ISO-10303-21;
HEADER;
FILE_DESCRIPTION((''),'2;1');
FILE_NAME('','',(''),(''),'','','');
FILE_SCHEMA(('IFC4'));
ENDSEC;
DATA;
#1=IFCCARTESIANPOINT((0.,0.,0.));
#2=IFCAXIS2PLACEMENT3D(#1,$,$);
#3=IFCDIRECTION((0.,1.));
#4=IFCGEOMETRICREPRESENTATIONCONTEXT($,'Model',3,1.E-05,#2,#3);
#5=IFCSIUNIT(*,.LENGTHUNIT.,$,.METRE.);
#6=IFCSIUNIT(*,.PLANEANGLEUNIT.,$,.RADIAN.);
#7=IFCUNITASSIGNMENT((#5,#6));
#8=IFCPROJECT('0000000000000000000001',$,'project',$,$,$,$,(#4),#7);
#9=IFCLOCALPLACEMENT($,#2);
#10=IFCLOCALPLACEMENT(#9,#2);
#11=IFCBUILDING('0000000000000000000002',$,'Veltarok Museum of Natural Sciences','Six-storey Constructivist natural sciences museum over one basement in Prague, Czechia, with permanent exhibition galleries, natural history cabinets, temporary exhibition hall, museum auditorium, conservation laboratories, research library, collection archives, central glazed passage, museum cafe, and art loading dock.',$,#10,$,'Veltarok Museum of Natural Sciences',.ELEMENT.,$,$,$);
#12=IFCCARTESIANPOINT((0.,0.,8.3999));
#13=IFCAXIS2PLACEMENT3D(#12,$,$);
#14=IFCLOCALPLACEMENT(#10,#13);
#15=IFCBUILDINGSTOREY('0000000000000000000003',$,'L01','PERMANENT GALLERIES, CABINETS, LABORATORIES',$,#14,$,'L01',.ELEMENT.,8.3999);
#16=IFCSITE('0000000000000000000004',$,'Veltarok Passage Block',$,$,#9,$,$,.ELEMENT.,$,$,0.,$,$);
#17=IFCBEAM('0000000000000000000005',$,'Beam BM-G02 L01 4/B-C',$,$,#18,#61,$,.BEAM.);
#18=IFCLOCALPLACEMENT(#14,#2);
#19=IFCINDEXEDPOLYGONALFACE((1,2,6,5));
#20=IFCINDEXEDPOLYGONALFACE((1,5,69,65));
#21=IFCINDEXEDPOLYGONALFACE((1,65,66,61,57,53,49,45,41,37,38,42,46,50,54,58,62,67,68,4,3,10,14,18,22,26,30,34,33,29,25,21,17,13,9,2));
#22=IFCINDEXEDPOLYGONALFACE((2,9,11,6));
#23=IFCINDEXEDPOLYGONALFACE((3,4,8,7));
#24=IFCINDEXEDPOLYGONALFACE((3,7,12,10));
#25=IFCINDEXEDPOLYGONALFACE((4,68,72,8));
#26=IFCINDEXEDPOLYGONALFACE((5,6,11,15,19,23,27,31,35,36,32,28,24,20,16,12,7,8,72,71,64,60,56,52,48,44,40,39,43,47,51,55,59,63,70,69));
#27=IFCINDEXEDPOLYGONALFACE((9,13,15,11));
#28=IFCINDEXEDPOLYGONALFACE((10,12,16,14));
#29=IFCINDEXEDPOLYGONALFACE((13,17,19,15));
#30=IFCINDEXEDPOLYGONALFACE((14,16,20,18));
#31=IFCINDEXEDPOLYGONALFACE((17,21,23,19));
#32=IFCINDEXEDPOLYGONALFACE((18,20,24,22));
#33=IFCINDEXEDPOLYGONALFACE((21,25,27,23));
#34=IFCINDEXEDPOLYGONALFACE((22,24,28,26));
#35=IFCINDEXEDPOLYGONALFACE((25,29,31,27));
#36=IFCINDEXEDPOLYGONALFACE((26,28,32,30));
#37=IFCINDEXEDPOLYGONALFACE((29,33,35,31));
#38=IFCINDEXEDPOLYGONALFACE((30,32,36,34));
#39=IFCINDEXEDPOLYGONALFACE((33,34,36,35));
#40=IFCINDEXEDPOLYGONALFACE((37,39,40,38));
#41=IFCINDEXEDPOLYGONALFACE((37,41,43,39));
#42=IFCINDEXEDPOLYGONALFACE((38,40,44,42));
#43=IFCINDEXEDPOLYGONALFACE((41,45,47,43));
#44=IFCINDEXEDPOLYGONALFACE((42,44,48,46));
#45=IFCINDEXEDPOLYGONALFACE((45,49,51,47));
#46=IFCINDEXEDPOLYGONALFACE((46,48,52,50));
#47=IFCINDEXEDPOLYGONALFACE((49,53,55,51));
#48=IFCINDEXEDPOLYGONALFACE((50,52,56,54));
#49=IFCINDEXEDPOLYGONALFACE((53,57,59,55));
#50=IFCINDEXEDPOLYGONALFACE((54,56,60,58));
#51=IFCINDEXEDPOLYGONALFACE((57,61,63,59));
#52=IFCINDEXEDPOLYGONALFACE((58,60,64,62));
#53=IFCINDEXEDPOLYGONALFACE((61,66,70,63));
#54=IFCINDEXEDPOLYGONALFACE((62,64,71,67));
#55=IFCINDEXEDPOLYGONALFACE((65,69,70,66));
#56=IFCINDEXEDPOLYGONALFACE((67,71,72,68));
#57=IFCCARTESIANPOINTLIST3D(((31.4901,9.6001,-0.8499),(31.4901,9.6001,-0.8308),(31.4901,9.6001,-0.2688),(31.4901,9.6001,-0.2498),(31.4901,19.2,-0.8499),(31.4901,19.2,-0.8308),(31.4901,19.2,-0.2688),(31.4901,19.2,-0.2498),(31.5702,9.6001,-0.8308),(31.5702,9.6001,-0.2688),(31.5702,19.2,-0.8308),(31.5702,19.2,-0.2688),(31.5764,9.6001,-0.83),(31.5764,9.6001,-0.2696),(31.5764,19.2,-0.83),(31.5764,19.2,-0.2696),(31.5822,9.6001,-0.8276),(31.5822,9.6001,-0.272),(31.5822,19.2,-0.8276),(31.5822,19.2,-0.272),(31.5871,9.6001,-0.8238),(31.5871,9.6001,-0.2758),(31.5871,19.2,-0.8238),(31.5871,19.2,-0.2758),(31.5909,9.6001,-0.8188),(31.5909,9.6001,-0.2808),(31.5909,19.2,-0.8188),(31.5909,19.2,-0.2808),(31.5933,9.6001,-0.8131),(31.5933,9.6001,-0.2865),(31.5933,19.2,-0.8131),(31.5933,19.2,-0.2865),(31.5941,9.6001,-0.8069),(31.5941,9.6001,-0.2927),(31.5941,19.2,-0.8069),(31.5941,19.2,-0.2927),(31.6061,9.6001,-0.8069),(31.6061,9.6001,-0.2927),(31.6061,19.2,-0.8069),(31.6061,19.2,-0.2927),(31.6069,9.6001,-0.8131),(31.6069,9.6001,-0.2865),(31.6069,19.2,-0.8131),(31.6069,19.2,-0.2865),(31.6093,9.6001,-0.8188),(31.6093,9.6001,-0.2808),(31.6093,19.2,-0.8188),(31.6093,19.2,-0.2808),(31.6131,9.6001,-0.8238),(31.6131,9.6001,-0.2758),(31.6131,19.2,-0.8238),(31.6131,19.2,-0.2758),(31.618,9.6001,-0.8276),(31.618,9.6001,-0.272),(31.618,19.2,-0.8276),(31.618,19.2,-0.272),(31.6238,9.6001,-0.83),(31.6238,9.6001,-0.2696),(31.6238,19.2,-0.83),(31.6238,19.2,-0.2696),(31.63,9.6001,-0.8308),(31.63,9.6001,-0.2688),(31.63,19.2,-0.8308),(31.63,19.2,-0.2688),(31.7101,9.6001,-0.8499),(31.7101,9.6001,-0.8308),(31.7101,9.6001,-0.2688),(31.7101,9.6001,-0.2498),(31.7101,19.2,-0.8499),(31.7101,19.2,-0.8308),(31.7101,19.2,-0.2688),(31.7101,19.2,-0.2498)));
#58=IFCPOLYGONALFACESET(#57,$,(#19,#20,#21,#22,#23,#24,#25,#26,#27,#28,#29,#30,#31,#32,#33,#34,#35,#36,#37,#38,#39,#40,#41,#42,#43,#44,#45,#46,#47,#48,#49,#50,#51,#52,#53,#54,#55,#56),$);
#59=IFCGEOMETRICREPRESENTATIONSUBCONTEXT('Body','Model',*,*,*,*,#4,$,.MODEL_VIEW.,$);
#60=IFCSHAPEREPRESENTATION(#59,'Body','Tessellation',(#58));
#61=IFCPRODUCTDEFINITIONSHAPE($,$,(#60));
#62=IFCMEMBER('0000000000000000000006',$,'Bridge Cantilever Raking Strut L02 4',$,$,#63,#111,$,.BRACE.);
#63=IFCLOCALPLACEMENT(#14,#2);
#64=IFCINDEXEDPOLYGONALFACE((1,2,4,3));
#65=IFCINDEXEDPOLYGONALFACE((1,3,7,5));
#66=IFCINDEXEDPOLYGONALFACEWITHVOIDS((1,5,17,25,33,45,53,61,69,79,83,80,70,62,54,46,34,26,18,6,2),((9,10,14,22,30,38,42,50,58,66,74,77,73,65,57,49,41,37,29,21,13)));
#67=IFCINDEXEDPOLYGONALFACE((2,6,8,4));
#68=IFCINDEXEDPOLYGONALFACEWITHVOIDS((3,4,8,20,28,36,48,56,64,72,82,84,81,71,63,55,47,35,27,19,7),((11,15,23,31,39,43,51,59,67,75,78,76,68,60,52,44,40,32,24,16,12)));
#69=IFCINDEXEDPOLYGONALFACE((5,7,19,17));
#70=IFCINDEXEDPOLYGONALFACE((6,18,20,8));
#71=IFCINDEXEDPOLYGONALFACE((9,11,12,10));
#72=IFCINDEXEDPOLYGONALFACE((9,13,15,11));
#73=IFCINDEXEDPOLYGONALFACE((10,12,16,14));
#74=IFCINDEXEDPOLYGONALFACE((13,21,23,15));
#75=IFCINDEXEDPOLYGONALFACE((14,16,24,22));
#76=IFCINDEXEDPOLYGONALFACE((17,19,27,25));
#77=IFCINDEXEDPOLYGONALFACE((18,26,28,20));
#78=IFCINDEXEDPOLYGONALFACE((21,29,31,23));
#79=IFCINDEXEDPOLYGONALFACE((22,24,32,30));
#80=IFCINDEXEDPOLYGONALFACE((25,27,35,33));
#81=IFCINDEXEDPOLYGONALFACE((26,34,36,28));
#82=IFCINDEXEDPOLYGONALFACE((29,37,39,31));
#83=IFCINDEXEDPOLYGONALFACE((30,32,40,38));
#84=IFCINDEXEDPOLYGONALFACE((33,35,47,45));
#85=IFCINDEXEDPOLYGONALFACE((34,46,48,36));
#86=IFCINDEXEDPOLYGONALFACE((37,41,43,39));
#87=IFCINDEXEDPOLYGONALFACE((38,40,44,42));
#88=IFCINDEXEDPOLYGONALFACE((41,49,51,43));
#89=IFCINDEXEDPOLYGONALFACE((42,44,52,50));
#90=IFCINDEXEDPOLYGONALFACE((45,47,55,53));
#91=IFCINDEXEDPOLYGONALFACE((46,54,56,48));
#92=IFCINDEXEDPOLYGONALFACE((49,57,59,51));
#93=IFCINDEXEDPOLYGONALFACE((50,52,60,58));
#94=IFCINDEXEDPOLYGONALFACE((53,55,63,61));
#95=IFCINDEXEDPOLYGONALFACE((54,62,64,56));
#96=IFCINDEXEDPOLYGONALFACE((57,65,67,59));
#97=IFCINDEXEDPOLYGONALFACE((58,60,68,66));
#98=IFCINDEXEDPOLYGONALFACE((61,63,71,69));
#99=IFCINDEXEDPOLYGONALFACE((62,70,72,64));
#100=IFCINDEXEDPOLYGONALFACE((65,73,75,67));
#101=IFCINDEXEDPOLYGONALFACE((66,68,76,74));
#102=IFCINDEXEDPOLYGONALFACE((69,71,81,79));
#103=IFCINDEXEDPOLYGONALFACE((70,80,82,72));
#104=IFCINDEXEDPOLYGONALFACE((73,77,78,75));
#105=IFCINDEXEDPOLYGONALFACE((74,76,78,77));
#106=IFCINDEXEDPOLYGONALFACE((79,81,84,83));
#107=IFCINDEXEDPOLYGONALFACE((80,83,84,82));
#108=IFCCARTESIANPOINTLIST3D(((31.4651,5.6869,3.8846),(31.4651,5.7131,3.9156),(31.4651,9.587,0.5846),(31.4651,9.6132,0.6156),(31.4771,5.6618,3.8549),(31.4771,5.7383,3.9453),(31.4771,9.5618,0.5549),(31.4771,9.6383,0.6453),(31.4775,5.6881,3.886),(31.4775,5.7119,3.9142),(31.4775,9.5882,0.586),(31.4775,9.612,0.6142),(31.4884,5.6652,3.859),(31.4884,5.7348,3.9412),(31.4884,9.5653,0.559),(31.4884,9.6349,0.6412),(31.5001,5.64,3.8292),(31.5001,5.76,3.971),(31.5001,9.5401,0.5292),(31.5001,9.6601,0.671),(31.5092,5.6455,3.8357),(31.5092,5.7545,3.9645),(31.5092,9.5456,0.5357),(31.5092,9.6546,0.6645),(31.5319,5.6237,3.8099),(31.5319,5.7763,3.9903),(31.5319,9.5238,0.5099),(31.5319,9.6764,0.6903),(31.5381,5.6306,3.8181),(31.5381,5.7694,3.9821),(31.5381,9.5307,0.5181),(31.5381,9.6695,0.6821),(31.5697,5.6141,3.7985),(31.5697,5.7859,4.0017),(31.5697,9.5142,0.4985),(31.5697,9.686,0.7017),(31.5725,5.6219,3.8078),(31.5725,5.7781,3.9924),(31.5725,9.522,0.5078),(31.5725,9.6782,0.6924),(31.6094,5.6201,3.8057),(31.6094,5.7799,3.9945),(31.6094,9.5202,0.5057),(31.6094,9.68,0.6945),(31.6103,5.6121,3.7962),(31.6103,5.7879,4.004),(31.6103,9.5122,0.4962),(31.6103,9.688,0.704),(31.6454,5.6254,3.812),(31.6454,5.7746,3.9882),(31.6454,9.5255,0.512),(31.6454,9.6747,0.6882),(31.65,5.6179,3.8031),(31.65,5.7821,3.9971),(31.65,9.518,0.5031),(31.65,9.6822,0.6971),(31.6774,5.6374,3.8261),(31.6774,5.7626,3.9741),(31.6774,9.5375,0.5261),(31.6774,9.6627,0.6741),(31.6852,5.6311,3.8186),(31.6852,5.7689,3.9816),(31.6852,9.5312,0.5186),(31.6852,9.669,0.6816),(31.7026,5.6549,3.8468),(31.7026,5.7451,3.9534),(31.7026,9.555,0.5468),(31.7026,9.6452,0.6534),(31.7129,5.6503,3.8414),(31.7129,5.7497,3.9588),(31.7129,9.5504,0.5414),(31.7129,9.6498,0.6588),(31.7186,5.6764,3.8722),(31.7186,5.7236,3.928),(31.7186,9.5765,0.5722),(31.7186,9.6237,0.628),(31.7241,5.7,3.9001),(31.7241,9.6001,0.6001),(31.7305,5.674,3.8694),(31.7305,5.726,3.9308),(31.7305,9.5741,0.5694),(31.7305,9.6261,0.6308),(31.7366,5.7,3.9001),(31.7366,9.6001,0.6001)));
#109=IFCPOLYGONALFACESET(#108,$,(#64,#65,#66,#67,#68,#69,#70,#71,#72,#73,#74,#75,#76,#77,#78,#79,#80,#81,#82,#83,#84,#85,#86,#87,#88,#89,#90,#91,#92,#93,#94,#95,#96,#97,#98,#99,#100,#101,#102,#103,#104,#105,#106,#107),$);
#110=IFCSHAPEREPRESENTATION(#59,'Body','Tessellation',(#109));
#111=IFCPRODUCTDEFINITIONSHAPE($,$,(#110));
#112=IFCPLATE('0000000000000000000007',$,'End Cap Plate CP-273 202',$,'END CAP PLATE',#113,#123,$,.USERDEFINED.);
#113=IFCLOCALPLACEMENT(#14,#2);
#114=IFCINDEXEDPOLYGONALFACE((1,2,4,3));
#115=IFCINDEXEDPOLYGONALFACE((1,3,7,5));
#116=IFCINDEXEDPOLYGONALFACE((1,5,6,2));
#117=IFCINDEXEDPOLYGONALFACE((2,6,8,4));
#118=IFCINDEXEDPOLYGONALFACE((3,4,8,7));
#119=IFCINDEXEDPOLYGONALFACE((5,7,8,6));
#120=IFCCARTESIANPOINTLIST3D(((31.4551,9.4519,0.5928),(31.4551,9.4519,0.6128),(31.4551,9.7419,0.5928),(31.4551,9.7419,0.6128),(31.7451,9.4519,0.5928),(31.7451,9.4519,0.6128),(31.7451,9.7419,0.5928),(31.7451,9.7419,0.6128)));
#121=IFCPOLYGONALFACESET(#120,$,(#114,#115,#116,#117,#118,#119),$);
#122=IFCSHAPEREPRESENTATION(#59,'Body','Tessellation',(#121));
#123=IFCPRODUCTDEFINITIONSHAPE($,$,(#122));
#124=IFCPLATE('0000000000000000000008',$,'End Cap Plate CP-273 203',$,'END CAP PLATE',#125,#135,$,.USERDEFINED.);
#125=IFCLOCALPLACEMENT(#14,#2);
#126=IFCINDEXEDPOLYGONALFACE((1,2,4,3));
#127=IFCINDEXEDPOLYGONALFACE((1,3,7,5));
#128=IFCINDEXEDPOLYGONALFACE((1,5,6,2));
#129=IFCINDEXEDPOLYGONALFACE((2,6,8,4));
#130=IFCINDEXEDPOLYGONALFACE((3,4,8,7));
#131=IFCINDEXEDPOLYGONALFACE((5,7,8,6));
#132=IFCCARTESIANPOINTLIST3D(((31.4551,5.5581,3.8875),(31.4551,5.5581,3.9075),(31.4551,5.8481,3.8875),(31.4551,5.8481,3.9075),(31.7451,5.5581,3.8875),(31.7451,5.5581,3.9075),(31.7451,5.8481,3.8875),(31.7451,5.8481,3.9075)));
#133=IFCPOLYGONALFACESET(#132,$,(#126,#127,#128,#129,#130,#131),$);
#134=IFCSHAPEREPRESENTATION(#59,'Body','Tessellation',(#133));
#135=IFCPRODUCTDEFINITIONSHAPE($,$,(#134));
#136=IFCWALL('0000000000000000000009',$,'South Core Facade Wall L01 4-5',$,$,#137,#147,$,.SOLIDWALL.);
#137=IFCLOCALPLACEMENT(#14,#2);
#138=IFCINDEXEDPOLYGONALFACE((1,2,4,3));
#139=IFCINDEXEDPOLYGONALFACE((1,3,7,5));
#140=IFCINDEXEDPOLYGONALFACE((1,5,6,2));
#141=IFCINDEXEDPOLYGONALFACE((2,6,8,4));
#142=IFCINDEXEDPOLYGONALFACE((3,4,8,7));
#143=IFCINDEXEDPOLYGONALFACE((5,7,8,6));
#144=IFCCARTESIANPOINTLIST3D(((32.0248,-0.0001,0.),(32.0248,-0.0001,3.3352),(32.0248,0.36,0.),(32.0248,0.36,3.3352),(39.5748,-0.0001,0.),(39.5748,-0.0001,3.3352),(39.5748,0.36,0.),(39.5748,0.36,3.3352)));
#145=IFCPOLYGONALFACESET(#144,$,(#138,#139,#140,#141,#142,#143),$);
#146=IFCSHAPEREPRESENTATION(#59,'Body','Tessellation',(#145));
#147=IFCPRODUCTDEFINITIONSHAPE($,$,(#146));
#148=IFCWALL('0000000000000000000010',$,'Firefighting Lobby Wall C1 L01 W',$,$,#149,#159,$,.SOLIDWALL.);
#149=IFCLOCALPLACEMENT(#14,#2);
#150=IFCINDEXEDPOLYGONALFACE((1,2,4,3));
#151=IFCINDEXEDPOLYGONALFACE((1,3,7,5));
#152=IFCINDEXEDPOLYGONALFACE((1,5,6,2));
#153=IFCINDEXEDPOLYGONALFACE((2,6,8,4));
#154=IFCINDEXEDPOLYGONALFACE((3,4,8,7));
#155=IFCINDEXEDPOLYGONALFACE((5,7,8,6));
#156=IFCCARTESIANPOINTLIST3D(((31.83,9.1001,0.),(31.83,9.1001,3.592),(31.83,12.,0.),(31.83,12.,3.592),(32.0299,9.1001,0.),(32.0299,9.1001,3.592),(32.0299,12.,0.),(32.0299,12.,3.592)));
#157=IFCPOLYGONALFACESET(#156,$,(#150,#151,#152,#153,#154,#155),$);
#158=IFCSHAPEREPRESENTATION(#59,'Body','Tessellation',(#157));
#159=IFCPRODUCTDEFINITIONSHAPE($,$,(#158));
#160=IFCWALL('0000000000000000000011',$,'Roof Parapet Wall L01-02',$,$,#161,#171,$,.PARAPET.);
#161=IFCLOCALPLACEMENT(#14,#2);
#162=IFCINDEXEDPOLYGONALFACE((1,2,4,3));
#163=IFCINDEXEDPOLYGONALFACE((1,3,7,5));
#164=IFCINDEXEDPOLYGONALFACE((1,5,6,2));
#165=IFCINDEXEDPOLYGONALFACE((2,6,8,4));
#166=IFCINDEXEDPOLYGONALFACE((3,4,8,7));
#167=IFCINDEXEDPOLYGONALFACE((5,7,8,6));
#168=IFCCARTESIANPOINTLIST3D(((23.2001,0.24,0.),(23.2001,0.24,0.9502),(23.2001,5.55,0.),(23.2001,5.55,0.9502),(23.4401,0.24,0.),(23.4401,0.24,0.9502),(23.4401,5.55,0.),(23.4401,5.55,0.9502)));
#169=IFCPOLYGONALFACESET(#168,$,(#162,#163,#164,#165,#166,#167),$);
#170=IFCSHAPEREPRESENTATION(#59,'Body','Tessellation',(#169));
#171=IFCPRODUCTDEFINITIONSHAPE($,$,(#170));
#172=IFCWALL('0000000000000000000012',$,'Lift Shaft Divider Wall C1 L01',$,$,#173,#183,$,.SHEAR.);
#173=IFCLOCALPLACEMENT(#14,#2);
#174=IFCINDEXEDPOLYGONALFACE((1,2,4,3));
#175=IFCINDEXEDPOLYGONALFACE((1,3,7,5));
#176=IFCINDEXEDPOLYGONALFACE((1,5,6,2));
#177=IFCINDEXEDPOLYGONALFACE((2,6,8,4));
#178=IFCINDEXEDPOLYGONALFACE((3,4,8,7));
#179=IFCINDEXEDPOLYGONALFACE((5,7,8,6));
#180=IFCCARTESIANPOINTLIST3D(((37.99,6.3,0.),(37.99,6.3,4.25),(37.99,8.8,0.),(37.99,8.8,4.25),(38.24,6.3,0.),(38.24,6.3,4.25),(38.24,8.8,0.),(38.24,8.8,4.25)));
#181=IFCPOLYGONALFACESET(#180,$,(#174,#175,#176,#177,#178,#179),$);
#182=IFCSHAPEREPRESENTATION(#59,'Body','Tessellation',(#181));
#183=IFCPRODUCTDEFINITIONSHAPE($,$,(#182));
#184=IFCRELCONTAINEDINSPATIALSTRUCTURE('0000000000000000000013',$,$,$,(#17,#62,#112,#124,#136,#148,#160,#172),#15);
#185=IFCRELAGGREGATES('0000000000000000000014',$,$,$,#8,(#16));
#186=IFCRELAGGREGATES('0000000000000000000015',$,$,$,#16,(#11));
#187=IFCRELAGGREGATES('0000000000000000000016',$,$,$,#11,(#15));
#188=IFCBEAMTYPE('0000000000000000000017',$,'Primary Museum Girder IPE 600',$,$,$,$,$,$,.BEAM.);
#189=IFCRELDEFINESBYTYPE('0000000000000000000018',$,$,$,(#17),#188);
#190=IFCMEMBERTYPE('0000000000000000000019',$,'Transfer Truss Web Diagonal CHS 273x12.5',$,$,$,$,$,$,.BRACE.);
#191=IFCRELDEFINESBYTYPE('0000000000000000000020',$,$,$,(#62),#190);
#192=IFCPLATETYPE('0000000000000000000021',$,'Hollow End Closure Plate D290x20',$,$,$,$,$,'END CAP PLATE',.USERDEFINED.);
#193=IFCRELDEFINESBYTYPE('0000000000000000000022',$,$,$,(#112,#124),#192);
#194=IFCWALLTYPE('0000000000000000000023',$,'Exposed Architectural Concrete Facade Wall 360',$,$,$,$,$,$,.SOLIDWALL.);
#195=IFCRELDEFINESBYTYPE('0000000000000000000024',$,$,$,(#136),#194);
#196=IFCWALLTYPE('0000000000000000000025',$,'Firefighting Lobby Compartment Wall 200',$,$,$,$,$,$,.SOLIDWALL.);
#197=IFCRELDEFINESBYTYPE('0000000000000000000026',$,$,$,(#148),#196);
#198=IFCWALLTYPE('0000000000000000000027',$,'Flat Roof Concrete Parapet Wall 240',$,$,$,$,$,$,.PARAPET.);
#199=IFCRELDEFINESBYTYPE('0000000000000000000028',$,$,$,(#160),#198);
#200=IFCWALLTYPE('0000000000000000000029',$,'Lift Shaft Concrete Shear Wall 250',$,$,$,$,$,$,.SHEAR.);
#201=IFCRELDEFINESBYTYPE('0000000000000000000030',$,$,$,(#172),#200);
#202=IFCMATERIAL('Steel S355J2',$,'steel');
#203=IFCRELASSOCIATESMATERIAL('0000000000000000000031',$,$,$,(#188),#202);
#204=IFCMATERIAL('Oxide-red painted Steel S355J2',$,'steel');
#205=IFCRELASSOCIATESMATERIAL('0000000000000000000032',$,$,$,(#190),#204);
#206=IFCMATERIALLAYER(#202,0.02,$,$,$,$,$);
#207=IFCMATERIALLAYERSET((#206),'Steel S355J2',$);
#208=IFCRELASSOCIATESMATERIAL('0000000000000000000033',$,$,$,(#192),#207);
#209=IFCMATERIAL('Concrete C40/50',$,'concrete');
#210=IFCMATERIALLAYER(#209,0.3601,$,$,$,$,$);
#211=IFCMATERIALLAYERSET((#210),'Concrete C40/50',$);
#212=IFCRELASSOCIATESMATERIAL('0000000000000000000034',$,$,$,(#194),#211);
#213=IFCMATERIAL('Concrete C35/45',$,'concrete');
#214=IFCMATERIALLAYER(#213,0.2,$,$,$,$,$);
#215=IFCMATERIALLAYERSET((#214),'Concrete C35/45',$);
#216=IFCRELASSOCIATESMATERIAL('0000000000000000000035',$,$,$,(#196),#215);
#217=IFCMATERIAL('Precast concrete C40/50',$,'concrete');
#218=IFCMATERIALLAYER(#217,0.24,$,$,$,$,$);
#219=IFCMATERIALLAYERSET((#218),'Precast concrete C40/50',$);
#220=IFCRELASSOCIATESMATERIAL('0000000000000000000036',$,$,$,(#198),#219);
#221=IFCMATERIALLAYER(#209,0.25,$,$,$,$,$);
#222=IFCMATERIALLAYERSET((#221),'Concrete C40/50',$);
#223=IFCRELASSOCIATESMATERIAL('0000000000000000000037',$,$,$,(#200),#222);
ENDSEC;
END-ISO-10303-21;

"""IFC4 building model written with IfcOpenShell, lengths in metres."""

from ifc_helpers import new_model, si_unit, direction, frame, frame_2d, origin, origin_2d, place, context, subcontext, project, spatial, rectangle, hollow_circle, i_section, extrude, material, layer, layer_set, material_profile, profile_set, type_object, element, save


model = new_model("IFC4")

# Units and contexts
model_context = context("Model", 3, precision=1e-05, world=origin(), true_north=direction((0.0, 1.0)))
body_context = subcontext(model_context, "Body", "Model", "MODEL_VIEW")
ifc_project = project(units=[si_unit("LENGTHUNIT", "METRE"), si_unit("PLANEANGLEUNIT", "RADIAN")], contexts=[model_context])

# Site, building, storey
site_placement = place(None, origin())
site = spatial("IfcSite", under=ifc_project, at=site_placement, Name="Veltarok Passage Block", CompositionType="ELEMENT", RefElevation=0.0)
building_placement = place(site_placement, origin())
building = spatial("IfcBuilding", under=site, at=building_placement, Name="Veltarok Museum of Natural Sciences", Description="Six-storey Constructivist natural sciences museum over one basement in Prague, Czechia, with permanent exhibition galleries, natural history cabinets, temporary exhibition hall, museum auditorium, conservation laboratories, research library, collection archives, central glazed passage, museum cafe, and art loading dock.", LongName="Veltarok Museum of Natural Sciences", CompositionType="ELEMENT")
storey_placement = place(building_placement, frame((0.0, 0.0, 8.3999)))
storey = spatial("IfcBuildingStorey", under=building, at=storey_placement, Name="L01", Description="PERMANENT GALLERIES, CABINETS, LABORATORIES", LongName="L01", CompositionType="ELEMENT", Elevation=8.3999)

# Shared definitions
ifc_material_1 = material(Name="Concrete C40/50", Category="concrete")
ifc_material_2 = material(Name="Steel S355J2", Category="steel")

# Beam
ifc_material_profile_1 = material_profile(ifc_material_2, i_section(OverallWidth=0.22, OverallDepth=0.6001, WebThickness=0.012, FlangeThickness=0.019, FilletRadius=0.0239, at=origin_2d()), Name="IPE 600")
ifc_profile_set_1 = profile_set([ifc_material_profile_1], Name="Steel S355J2")
beam_type_1 = type_object("IfcBeamType", Name="Primary Museum Girder IPE 600", PredefinedType="BEAM", material=ifc_profile_set_1)
beam_1_placement = place(storey_placement, frame((31.6001, 9.6001, -0.5498), z_axis=(0.0, 1.0, 0.0), x_axis=(-1.0, 0.0, 0.0)))
element("IfcBeam", 1, at=beam_1_placement, inside=storey, type_object=beam_type_1, Name="Beam BM-G02 L01 4/B-C", PredefinedType="BEAM", context=body_context, shape_type="SweptSolid", body=[
    extrude(i_section(OverallWidth=0.22, OverallDepth=0.6001, WebThickness=0.012, FlangeThickness=0.019, FilletRadius=0.0239, at=origin_2d()), origin(), (0.0, 0.0, 1.0), 9.5999),
])

# Member
ifc_material_3 = material(Name="Oxide-red painted Steel S355J2", Category="steel")
ifc_material_profile_2 = material_profile(ifc_material_3, hollow_circle(Radius=0.1365, WallThickness=0.0125, at=origin_2d()), Name="CHS 273x12.5")
ifc_profile_set_2 = profile_set([ifc_material_profile_2], Name="Oxide-red painted Steel S355J2")
member_type = type_object("IfcMemberType", Name="Transfer Truss Web Diagonal CHS 273x12.5", PredefinedType="BRACE", material=ifc_profile_set_2)
member_placement = place(storey_placement, frame((31.6001, 9.6001, 0.6001), z_axis=(0.0, -0.763394, 0.645934), x_axis=(1.0, 0.0, 0.0)))
element("IfcMember", 2, at=member_placement, inside=storey, type_object=member_type, Name="Bridge Cantilever Raking Strut L02 4", PredefinedType="BRACE", context=body_context, shape_type="SweptSolid", body=[
    extrude(hollow_circle(Radius=0.1365, WallThickness=0.0125, at=origin_2d()), origin(), (0.0, 0.0, 1.0), 5.1089),
])

# Plates
ifc_layer_1 = layer(ifc_material_2, 0.02)
ifc_layer_set_1 = layer_set([ifc_layer_1], Name="Steel S355J2")
plate_type = type_object("IfcPlateType", Name="Hollow End Closure Plate D290x20", ElementType="END CAP PLATE", PredefinedType="USERDEFINED", material=ifc_layer_set_1)
for number, where, z_axis, x_axis, name in (
    (3, (31.6001, 9.5969, 0.5928), (0.0, 0.0, 1.0), (0.0, 1.0, 0.0), "End Cap Plate CP-273 202"),
    (4, (31.6001, 5.7031, 3.8875), (0.0, 0.0, 1.0), (0.0, 1.0, 0.0), "End Cap Plate CP-273 203"),
):
    element("IfcPlate", number, at=place(storey_placement, frame(where, z_axis=z_axis, x_axis=x_axis)), inside=storey, type_object=plate_type, Name=name, ObjectType="END CAP PLATE", PredefinedType="USERDEFINED", context=body_context, shape_type="SweptSolid", body=[
        extrude(rectangle(XDim=0.29, YDim=0.29, at=origin_2d()), origin(), (0.0, 0.0, 1.0), 0.02),
    ])

# Walls
ifc_layer_2 = layer(ifc_material_1, 0.3601)
ifc_layer_set_2 = layer_set([ifc_layer_2], Name="Concrete C40/50")
wall_type_1 = type_object("IfcWallType", Name="Exposed Architectural Concrete Facade Wall 360", PredefinedType="SOLIDWALL", material=ifc_layer_set_2)
wall_1_placement = place(storey_placement, frame((32.0249, 0.1799, 0.0), z_axis=(0.0, 0.0, 1.0), x_axis=(1.0, 0.0, 0.0)))
element("IfcWall", 5, at=wall_1_placement, inside=storey, type_object=wall_type_1, Name="South Core Facade Wall L01 4-5", PredefinedType="SOLIDWALL", context=body_context, shape_type="SweptSolid", body=[
    extrude(rectangle(XDim=7.55, YDim=0.3601, at=frame_2d((3.7749, 0.0))), origin(), (0.0, 0.0, 1.0), 3.3352),
])
ifc_material_4 = material(Name="Concrete C35/45", Category="concrete")
ifc_layer_3 = layer(ifc_material_4, 0.2)
ifc_layer_set_3 = layer_set([ifc_layer_3], Name="Concrete C35/45")
wall_type_2 = type_object("IfcWallType", Name="Firefighting Lobby Compartment Wall 200", PredefinedType="SOLIDWALL", material=ifc_layer_set_3)
wall_2_placement = place(storey_placement, frame((31.9299, 9.1001, 0.0), z_axis=(0.0, 0.0, 1.0), x_axis=(0.0, 1.0, 0.0)))
element("IfcWall", 6, at=wall_2_placement, inside=storey, type_object=wall_type_2, Name="Firefighting Lobby Wall C1 L01 W", PredefinedType="SOLIDWALL", context=body_context, shape_type="SweptSolid", body=[
    extrude(rectangle(XDim=2.8999, YDim=0.2, at=frame_2d((1.45, 0.0))), origin(), (0.0, 0.0, 1.0), 3.592),
])
ifc_material_5 = material(Name="Precast concrete C40/50", Category="concrete")
ifc_layer_4 = layer(ifc_material_5, 0.24)
ifc_layer_set_4 = layer_set([ifc_layer_4], Name="Precast concrete C40/50")
wall_type_3 = type_object("IfcWallType", Name="Flat Roof Concrete Parapet Wall 240", PredefinedType="PARAPET", material=ifc_layer_set_4)
wall_3_placement = place(storey_placement, frame((23.3201, 0.24, 0.0), z_axis=(0.0, 0.0, 1.0), x_axis=(0.0, 1.0, 0.0)))
element("IfcWall", 7, at=wall_3_placement, inside=storey, type_object=wall_type_3, Name="Roof Parapet Wall L01-02", PredefinedType="PARAPET", context=body_context, shape_type="SweptSolid", body=[
    extrude(rectangle(XDim=5.3101, YDim=0.24, at=frame_2d((2.655, 0.0))), origin(), (0.0, 0.0, 1.0), 0.9502),
])
ifc_layer_5 = layer(ifc_material_1, 0.25)
ifc_layer_set_5 = layer_set([ifc_layer_5], Name="Concrete C40/50")
wall_type_4 = type_object("IfcWallType", Name="Lift Shaft Concrete Shear Wall 250", PredefinedType="SHEAR", material=ifc_layer_set_5)
wall_4_placement = place(storey_placement, frame((38.115, 6.3, 0.0), z_axis=(0.0, 0.0, 1.0), x_axis=(0.0, 1.0, 0.0)))
element("IfcWall", 8, at=wall_4_placement, inside=storey, type_object=wall_type_4, Name="Lift Shaft Divider Wall C1 L01", PredefinedType="SHEAR", context=body_context, shape_type="SweptSolid", body=[
    extrude(rectangle(XDim=2.5, YDim=0.25, at=frame_2d((1.25, 0.0))), origin(), (0.0, 0.0, 1.0), 4.25),
])

save(model, "model.ifc")
